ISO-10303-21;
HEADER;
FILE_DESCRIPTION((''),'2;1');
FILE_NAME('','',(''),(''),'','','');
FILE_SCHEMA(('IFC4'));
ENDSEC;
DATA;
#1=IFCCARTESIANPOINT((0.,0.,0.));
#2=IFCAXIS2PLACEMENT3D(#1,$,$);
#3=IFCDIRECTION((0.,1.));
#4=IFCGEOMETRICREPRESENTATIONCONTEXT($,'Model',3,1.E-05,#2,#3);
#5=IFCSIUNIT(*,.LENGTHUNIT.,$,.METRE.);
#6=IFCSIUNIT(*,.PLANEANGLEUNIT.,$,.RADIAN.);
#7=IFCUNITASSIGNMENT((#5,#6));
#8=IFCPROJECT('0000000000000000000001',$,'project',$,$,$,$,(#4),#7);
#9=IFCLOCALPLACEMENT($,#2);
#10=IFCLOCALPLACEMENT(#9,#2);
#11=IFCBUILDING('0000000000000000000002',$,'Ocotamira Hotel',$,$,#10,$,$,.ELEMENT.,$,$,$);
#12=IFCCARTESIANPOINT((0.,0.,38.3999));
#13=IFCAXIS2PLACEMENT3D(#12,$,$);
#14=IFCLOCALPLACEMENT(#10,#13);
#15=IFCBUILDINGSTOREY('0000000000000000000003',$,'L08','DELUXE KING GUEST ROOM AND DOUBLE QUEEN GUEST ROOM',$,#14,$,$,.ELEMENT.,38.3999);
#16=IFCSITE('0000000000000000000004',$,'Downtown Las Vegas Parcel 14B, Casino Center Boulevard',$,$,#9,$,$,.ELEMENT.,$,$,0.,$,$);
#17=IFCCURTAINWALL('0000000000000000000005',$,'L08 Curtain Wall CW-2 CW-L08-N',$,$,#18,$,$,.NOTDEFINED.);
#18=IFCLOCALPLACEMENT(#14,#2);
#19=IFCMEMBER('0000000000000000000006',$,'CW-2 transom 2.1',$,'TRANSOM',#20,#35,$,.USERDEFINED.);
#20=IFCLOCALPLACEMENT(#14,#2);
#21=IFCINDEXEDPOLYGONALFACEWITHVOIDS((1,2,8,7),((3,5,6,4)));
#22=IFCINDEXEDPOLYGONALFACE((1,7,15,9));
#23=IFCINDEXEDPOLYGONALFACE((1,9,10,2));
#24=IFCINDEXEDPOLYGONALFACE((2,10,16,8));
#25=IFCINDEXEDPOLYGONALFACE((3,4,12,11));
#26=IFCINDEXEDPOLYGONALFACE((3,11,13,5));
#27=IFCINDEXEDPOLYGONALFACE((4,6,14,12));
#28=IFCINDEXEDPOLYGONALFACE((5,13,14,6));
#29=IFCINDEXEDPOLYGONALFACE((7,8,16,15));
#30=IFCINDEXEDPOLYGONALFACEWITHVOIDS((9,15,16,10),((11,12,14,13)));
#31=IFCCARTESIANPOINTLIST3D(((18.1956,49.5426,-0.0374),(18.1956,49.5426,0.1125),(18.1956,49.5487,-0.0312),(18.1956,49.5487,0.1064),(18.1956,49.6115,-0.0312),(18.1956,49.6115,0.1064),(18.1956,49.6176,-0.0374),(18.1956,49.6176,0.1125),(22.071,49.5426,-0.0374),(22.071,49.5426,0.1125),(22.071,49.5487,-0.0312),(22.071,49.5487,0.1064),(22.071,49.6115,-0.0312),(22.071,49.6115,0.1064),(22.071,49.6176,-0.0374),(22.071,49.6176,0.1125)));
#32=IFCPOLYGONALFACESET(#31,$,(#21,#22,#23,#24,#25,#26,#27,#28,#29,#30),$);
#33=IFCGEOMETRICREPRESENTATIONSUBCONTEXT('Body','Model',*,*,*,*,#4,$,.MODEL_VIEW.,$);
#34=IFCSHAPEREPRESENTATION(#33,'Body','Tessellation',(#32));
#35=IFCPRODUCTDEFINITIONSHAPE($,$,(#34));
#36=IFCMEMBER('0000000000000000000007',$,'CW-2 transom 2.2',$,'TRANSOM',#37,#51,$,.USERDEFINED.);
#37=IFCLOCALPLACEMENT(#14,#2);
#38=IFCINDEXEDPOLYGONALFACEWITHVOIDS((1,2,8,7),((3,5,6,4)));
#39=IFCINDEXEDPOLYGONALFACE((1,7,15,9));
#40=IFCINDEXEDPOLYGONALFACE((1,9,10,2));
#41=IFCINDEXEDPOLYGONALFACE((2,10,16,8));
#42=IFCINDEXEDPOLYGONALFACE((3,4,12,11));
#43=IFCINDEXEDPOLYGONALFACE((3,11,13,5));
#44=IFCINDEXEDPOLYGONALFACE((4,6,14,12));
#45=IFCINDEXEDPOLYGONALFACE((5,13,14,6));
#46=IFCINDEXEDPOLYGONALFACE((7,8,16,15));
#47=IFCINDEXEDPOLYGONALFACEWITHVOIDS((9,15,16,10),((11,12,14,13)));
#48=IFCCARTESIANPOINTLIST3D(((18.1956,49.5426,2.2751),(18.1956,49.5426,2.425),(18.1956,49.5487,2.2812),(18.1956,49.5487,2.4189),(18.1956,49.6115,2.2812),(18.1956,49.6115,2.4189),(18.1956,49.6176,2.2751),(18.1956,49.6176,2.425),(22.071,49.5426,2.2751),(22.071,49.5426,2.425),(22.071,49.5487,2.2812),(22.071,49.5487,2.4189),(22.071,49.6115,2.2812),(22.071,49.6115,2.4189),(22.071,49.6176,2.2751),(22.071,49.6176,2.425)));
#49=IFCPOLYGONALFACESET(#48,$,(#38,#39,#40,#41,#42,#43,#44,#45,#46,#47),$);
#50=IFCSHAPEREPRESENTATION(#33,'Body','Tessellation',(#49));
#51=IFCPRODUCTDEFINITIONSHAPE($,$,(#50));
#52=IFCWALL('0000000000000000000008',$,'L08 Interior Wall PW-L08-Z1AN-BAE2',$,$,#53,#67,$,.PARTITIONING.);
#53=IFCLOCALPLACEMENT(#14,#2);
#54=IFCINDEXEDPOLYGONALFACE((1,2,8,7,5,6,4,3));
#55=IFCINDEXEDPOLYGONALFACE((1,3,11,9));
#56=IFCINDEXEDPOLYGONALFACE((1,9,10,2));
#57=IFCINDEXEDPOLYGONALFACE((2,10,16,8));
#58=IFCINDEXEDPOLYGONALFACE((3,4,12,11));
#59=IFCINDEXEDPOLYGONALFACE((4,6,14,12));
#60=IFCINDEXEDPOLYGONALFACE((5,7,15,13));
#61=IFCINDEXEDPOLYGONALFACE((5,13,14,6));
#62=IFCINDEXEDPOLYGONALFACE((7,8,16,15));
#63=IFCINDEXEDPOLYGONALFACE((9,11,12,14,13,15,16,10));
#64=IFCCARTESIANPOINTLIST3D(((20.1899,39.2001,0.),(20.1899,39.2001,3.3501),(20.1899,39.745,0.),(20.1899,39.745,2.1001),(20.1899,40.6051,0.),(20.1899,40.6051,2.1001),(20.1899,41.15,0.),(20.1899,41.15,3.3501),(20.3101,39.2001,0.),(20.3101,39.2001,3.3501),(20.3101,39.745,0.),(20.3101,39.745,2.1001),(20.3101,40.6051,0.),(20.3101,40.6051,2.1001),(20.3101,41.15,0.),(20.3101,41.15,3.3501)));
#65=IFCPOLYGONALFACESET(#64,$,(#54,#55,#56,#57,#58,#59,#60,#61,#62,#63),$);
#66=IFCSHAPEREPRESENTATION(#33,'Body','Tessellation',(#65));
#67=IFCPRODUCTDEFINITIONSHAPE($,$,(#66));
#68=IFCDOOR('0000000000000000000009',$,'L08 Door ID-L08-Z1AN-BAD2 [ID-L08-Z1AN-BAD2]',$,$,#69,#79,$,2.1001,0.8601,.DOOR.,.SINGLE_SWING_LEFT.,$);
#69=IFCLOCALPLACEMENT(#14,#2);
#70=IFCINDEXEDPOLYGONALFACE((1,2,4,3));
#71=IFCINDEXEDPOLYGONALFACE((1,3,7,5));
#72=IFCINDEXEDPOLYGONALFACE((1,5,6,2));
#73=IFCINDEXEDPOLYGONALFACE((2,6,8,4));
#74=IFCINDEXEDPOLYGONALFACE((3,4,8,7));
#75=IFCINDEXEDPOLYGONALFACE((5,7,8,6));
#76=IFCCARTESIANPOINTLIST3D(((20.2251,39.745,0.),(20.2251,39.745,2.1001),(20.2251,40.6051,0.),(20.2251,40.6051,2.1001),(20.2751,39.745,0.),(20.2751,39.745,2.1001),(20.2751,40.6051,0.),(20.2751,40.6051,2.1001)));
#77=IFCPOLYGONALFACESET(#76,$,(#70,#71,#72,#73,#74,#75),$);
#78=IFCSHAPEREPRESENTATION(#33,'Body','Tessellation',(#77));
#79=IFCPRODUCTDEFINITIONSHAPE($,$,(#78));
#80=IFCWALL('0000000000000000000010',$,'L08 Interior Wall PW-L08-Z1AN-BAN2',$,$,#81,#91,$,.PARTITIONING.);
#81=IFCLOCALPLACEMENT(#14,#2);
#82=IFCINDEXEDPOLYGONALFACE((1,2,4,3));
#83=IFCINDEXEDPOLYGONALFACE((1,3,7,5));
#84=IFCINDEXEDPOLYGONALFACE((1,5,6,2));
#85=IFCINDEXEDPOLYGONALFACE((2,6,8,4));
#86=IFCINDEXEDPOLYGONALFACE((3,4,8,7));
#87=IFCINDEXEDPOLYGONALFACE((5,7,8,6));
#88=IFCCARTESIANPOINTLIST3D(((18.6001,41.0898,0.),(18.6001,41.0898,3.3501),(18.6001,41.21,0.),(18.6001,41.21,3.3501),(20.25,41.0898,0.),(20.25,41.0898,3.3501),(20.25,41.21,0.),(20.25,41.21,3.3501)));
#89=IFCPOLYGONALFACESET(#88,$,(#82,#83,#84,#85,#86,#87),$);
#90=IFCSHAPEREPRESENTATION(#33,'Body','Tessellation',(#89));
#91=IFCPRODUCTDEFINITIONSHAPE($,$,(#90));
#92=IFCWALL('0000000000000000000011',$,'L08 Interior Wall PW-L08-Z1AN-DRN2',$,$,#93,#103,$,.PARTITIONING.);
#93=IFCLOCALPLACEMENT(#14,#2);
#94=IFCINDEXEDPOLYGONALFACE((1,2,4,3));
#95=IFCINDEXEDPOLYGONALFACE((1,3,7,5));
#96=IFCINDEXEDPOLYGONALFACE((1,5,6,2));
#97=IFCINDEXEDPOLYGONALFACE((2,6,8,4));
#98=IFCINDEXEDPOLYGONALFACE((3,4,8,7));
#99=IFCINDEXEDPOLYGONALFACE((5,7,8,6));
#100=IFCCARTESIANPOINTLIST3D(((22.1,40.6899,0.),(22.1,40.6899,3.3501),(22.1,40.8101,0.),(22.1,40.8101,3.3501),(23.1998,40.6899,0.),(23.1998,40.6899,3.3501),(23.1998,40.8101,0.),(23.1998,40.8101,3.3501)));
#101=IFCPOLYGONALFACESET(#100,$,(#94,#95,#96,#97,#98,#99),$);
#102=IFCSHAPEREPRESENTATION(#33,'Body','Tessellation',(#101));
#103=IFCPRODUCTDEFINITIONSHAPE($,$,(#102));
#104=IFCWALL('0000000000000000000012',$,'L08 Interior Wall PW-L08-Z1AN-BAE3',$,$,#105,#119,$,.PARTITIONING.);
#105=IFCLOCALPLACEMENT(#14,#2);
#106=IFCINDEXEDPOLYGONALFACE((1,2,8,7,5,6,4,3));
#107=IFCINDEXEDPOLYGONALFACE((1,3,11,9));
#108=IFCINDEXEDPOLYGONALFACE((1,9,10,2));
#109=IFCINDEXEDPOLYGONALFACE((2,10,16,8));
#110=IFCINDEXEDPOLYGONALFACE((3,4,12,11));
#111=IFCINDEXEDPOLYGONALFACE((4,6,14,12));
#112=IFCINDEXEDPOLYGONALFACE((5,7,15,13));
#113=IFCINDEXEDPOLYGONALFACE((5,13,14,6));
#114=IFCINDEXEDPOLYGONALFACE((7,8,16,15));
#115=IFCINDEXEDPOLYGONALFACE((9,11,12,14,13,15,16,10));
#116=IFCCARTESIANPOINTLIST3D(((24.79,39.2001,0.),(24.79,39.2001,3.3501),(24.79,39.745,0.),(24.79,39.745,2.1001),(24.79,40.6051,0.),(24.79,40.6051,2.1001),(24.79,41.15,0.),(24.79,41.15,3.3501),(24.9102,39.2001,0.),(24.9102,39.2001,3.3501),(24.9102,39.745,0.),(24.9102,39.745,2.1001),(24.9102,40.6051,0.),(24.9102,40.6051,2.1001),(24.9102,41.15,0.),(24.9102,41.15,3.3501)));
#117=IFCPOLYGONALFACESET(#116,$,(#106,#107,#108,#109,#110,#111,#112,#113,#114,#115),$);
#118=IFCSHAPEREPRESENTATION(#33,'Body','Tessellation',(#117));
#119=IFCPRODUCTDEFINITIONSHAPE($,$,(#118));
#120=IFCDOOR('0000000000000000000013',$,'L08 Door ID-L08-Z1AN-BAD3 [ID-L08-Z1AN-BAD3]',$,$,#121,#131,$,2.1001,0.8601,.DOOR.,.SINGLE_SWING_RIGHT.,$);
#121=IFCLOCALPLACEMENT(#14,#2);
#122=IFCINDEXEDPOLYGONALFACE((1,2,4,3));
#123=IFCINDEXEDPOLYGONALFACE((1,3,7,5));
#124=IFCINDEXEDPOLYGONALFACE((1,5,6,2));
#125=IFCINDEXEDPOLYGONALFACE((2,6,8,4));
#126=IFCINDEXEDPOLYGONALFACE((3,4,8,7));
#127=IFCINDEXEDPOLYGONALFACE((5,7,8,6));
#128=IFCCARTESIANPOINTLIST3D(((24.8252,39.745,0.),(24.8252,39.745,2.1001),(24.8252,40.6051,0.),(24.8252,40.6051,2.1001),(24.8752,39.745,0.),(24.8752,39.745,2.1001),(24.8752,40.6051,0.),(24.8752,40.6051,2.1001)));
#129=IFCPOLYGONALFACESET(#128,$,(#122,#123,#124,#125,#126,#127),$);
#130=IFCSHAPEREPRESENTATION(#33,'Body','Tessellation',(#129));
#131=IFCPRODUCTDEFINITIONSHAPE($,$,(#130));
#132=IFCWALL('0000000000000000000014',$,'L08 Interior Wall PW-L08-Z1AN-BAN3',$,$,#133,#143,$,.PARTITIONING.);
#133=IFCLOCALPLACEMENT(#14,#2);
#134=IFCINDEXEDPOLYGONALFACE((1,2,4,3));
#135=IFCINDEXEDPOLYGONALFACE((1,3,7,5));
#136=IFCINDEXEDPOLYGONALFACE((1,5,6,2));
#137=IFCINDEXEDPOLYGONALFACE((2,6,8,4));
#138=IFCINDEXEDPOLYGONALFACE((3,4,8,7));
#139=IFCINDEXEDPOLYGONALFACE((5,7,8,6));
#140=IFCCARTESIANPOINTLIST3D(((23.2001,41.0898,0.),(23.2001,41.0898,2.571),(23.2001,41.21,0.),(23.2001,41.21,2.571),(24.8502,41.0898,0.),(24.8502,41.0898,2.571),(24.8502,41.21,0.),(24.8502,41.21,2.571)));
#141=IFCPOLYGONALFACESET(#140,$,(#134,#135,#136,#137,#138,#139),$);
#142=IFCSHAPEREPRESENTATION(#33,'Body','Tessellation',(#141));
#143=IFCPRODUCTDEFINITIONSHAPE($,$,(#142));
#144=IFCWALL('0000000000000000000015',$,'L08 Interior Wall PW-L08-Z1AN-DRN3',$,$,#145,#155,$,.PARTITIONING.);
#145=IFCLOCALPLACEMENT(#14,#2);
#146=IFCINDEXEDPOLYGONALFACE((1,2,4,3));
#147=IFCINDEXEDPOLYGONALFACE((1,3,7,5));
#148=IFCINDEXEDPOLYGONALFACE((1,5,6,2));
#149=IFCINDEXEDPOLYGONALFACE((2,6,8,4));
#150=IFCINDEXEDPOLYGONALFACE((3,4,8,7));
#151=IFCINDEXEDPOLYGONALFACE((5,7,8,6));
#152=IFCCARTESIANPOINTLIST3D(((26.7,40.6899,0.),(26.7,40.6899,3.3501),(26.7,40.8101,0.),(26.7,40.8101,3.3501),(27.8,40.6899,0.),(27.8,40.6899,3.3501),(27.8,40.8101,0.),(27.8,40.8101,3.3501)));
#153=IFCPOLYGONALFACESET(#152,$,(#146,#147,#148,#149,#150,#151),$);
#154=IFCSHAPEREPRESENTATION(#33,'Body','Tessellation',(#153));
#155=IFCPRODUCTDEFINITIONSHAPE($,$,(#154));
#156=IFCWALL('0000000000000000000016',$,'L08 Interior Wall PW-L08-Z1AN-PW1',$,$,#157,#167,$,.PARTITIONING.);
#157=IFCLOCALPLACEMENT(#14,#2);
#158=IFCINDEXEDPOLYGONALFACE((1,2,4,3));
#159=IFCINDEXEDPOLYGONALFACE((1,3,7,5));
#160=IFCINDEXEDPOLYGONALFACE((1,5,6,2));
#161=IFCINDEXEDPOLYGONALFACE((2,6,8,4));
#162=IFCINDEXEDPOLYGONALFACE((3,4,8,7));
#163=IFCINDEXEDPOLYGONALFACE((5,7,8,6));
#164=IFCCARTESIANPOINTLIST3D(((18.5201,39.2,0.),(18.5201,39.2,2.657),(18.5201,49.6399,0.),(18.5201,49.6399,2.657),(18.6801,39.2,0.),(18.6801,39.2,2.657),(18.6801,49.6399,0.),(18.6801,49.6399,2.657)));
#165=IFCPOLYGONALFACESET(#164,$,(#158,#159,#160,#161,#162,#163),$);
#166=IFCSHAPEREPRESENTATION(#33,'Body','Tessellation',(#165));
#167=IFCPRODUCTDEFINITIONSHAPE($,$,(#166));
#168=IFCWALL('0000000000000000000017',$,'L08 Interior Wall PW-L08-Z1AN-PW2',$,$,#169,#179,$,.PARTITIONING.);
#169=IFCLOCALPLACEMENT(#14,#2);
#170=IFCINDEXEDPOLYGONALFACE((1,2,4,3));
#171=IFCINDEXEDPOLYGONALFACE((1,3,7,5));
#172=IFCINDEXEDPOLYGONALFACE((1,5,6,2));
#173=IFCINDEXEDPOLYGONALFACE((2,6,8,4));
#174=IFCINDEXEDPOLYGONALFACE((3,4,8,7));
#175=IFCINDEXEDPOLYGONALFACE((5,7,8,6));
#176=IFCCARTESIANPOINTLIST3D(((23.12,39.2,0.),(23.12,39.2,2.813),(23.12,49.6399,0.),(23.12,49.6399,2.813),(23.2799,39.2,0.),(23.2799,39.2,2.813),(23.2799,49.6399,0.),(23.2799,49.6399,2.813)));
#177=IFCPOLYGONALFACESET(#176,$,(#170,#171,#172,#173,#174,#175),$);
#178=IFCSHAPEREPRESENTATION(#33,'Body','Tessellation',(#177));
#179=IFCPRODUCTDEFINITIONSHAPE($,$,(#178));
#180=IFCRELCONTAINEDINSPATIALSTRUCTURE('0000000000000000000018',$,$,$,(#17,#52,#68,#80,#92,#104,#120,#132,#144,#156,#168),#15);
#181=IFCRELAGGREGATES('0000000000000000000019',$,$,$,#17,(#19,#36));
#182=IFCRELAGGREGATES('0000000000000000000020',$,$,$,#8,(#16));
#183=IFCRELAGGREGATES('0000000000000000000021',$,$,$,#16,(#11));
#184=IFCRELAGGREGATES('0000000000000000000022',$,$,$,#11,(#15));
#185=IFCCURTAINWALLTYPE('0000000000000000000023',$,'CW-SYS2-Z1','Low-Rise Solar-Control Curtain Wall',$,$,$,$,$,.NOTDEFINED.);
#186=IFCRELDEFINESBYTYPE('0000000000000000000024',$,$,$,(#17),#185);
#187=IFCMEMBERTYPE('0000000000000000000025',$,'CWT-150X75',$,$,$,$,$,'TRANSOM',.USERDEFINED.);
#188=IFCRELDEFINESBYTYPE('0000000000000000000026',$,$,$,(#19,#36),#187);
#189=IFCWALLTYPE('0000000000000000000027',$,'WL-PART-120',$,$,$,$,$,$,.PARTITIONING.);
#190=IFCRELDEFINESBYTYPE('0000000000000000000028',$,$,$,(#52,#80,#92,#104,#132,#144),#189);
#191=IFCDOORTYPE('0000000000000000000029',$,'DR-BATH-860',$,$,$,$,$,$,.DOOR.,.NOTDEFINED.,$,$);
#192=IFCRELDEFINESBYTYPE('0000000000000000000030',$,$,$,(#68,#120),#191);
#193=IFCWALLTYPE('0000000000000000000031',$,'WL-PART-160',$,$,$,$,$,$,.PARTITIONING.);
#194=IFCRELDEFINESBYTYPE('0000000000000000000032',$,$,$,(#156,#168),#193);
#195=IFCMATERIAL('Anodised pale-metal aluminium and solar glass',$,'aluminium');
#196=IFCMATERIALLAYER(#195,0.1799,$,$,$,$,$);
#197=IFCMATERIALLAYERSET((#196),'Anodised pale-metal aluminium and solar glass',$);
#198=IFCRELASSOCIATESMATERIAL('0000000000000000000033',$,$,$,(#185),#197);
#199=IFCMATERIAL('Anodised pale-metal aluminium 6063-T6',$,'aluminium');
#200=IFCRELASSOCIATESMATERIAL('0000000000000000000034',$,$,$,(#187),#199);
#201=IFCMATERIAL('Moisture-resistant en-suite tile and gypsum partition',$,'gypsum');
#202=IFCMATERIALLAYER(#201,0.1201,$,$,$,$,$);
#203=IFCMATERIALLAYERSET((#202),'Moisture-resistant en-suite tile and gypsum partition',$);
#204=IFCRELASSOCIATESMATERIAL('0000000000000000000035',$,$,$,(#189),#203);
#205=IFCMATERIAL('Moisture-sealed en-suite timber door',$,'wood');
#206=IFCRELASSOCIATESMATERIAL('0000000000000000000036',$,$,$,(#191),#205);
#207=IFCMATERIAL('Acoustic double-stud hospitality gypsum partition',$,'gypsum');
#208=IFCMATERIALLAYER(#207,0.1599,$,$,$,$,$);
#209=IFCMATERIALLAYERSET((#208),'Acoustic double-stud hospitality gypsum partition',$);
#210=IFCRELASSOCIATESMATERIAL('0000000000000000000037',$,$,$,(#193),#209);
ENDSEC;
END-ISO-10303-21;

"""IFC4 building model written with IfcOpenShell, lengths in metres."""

from ifc_helpers import new_model, si_unit, direction, frame, frame_2d, origin, origin_2d, place, context, subcontext, project, spatial, rectangle, hollow_rectangle, extrude, source, transform, mapped, material, layer, layer_set, material_profile, profile_set, type_object, element, fill, aggregate, save


model = new_model("IFC4")

# Units and contexts
model_context = context("Model", 3, precision=1e-05, world=origin(), true_north=direction((0.0, 1.0)))
body_context = subcontext(model_context, "Body", "Model", "MODEL_VIEW")
ifc_project = project(units=[si_unit("LENGTHUNIT", "METRE"), si_unit("PLANEANGLEUNIT", "RADIAN")], contexts=[model_context])

# Site, building, storey
site_placement = place(None, origin())
site = spatial("IfcSite", under=ifc_project, at=site_placement, Name="Downtown Las Vegas Parcel 14B, Casino Center Boulevard", CompositionType="ELEMENT", RefElevation=0.0)
building_placement = place(site_placement, origin())
building = spatial("IfcBuilding", under=site, at=building_placement, Name="Ocotamira Hotel", CompositionType="ELEMENT")
storey_placement = place(building_placement, frame((0.0, 0.0, 38.3999)))
storey = spatial("IfcBuildingStorey", under=building, at=storey_placement, Name="L08", Description="DELUXE KING GUEST ROOM AND DOUBLE QUEEN GUEST ROOM", CompositionType="ELEMENT", Elevation=38.3999)

# Curtain wall, members
ifc_material_1 = material(Name="Anodised pale-metal aluminium and solar glass", Category="aluminium")
ifc_layer_1 = layer(ifc_material_1, 0.1799)
ifc_layer_set_1 = layer_set([ifc_layer_1], Name="Anodised pale-metal aluminium and solar glass")
curtain_wall_type = type_object("IfcCurtainWallType", Name="CW-SYS2-Z1", Description="Low-Rise Solar-Control Curtain Wall", PredefinedType="NOTDEFINED", material=ifc_layer_set_1)
curtain_wall_placement = place(storey_placement, origin())
curtain_wall = element("IfcCurtainWall", 1, at=curtain_wall_placement, inside=storey, type_object=curtain_wall_type, Name="L08 Curtain Wall CW-2 CW-L08-N", PredefinedType="NOTDEFINED")
ifc_material_2 = material(Name="Anodised pale-metal aluminium 6063-T6", Category="aluminium")
ifc_material_profile_1 = material_profile(ifc_material_2, hollow_rectangle(XDim=0.075, YDim=0.1499, WallThickness=0.0061, at=origin_2d()), Name="HSS150X75X6")
ifc_profile_set_1 = profile_set([ifc_material_profile_1], Name="Anodised pale-metal aluminium 6063-T6")
member_type = type_object("IfcMemberType", Name="CWT-150X75", ElementType="TRANSOM", PredefinedType="USERDEFINED", material=ifc_profile_set_1)
shared_shape_1 = source(origin(), body_context, "Body", "SweptSolid", [
    extrude(hollow_rectangle(XDim=0.075, YDim=0.1499, WallThickness=0.0061, at=origin_2d()), origin(), (0.0, 0.0, 1.0), 3.8755),
])
member_1_placement = place(storey_placement, frame((18.1956, 49.5801, 0.0376), z_axis=(1.0, 0.0, 0.0), x_axis=(0.0, 1.0, 0.0)))
member_1 = element("IfcMember", 2, at=member_1_placement, type_object=member_type, Name="CW-2 transom 2.1", ObjectType="TRANSOM", PredefinedType="USERDEFINED", context=body_context, shape_type="MappedRepresentation", body=[
    mapped(shared_shape_1, transform((0.0, 0.0, 0.0), scale=1.0)),
])
member_2_placement = place(storey_placement, frame((18.1956, 49.5801, 2.3501), z_axis=(1.0, 0.0, 0.0), x_axis=(0.0, 1.0, 0.0)))
member_2 = element("IfcMember", 3, at=member_2_placement, type_object=member_type, Name="CW-2 transom 2.2", ObjectType="TRANSOM", PredefinedType="USERDEFINED", context=body_context, shape_type="MappedRepresentation", body=[
    mapped(shared_shape_1, transform((0.0, 0.0, 0.0), scale=1.0)),
])
aggregate(curtain_wall, [member_1, member_2])

# Wall, opening, door
ifc_material_3 = material(Name="Moisture-resistant en-suite tile and gypsum partition", Category="gypsum")
ifc_layer_2 = layer(ifc_material_3, 0.1201)
ifc_layer_set_2 = layer_set([ifc_layer_2], Name="Moisture-resistant en-suite tile and gypsum partition")
wall_type_1 = type_object("IfcWallType", Name="WL-PART-120", PredefinedType="PARTITIONING", material=ifc_layer_set_2)
wall_1_placement = place(storey_placement, frame((20.25, 39.2, 0.0), z_axis=(0.0, 0.0, 1.0), x_axis=(0.0, 1.0, 0.0)))
wall_1 = element("IfcWall", 4, at=wall_1_placement, inside=storey, type_object=wall_type_1, Name="L08 Interior Wall PW-L08-Z1AN-BAE2", PredefinedType="PARTITIONING", context=body_context, shape_type="SweptSolid", body=[
    extrude(rectangle(XDim=1.95, YDim=0.1201, at=frame_2d((0.9751, 0.0))), origin(), (0.0, 0.0, 1.0), 3.3501),
])
opening_1_placement = place(wall_1_placement, frame((0.5449, 0.0, 0.0)))
opening_1 = element("IfcOpeningElement", 5, at=opening_1_placement, cuts=wall_1, PredefinedType="OPENING", context=body_context, shape_type="SweptSolid", body=[
    extrude(rectangle(XDim=0.8601, YDim=2.1001, at=frame_2d((0.4302, 1.05))), frame((0.0, 0.0701, 0.0), z_axis=(0.0, -1.0, 0.0), x_axis=(1.0, 0.0, 0.0)), (0.0, 0.0, 1.0), 0.1401),
])
ifc_material_4 = material(Name="Moisture-sealed en-suite timber door", Category="wood")
door_type = type_object("IfcDoorType", Name="DR-BATH-860", OperationType="NOTDEFINED", PredefinedType="DOOR", material=ifc_material_4)
shared_shape_2 = source(origin(), body_context, "Body", "SweptSolid", [
    extrude(rectangle(XDim=0.8601, YDim=2.1001, at=frame_2d((0.4302, 1.05))), frame((0.0, 0.0249, 0.0), z_axis=(0.0, -1.0, 0.0), x_axis=(1.0, 0.0, 0.0)), (0.0, 0.0, 1.0), 0.05),
])
door_1_placement = place(opening_1_placement, origin())
door_1 = element("IfcDoor", 6, at=door_1_placement, inside=storey, type_object=door_type, Name="L08 Door ID-L08-Z1AN-BAD2 [ID-L08-Z1AN-BAD2]", OperationType="SINGLE_SWING_LEFT", OverallHeight=2.1001, OverallWidth=0.8601, PredefinedType="DOOR", context=body_context, shape_type="MappedRepresentation", body=[
    mapped(shared_shape_2, transform((0.0, 0.0, 0.0), scale=1.0)),
])
fill(opening_1, door_1)

# Walls
wall_2_placement = place(storey_placement, frame((18.6001, 41.1499, 0.0), z_axis=(0.0, 0.0, 1.0), x_axis=(1.0, 0.0, 0.0)))
element("IfcWall", 7, at=wall_2_placement, inside=storey, type_object=wall_type_1, Name="L08 Interior Wall PW-L08-Z1AN-BAN2", PredefinedType="PARTITIONING", context=body_context, shape_type="SweptSolid", body=[
    extrude(rectangle(XDim=1.6499, YDim=0.1201, at=frame_2d((0.825, 0.0))), origin(), (0.0, 0.0, 1.0), 3.3501),
])
wall_3_placement = place(storey_placement, frame((22.1001, 40.75, 0.0), z_axis=(0.0, 0.0, 1.0), x_axis=(1.0, 0.0, 0.0)))
element("IfcWall", 8, at=wall_3_placement, inside=storey, type_object=wall_type_1, Name="L08 Interior Wall PW-L08-Z1AN-DRN2", PredefinedType="PARTITIONING", context=body_context, shape_type="SweptSolid", body=[
    extrude(rectangle(XDim=1.0999, YDim=0.1201, at=frame_2d((0.5498, 0.0))), origin(), (0.0, 0.0, 1.0), 3.3501),
])

# Wall, opening, door
wall_4_placement = place(storey_placement, frame((24.8501, 39.2, 0.0), z_axis=(0.0, 0.0, 1.0), x_axis=(0.0, 1.0, 0.0)))
wall_4 = element("IfcWall", 9, at=wall_4_placement, inside=storey, type_object=wall_type_1, Name="L08 Interior Wall PW-L08-Z1AN-BAE3", PredefinedType="PARTITIONING", context=body_context, shape_type="SweptSolid", body=[
    extrude(rectangle(XDim=1.95, YDim=0.1201, at=frame_2d((0.9751, 0.0))), origin(), (0.0, 0.0, 1.0), 3.3501),
])
opening_2_placement = place(wall_4_placement, frame((0.5449, 0.0, 0.0)))
opening_2 = element("IfcOpeningElement", 10, at=opening_2_placement, cuts=wall_4, PredefinedType="OPENING", context=body_context, shape_type="SweptSolid", body=[
    extrude(rectangle(XDim=0.8601, YDim=2.1001, at=frame_2d((0.4302, 1.05))), frame((0.0, 0.0701, 0.0), z_axis=(0.0, -1.0, 0.0), x_axis=(1.0, 0.0, 0.0)), (0.0, 0.0, 1.0), 0.1401),
])
door_2_placement = place(opening_2_placement, origin())
door_2 = element("IfcDoor", 11, at=door_2_placement, inside=storey, type_object=door_type, Name="L08 Door ID-L08-Z1AN-BAD3 [ID-L08-Z1AN-BAD3]", OperationType="SINGLE_SWING_RIGHT", OverallHeight=2.1001, OverallWidth=0.8601, PredefinedType="DOOR", context=body_context, shape_type="MappedRepresentation", body=[
    mapped(shared_shape_2, transform((0.0, 0.0, 0.0), scale=1.0)),
])
fill(opening_2, door_2)

# Walls
wall_5_placement = place(storey_placement, frame((23.2, 41.1499, 0.0), z_axis=(0.0, 0.0, 1.0), x_axis=(1.0, 0.0, 0.0)))
element("IfcWall", 12, at=wall_5_placement, inside=storey, type_object=wall_type_1, Name="L08 Interior Wall PW-L08-Z1AN-BAN3", PredefinedType="PARTITIONING", context=body_context, shape_type="SweptSolid", body=[
    extrude(rectangle(XDim=1.6501, YDim=0.1201, at=frame_2d((0.8252, 0.0))), origin(), (0.0, 0.0, 1.0), 2.571),
])
wall_6_placement = place(storey_placement, frame((26.7, 40.75, 0.0), z_axis=(0.0, 0.0, 1.0), x_axis=(1.0, 0.0, 0.0)))
element("IfcWall", 13, at=wall_6_placement, inside=storey, type_object=wall_type_1, Name="L08 Interior Wall PW-L08-Z1AN-DRN3", PredefinedType="PARTITIONING", context=body_context, shape_type="SweptSolid", body=[
    extrude(rectangle(XDim=1.1001, YDim=0.1201, at=frame_2d((0.55, 0.0))), origin(), (0.0, 0.0, 1.0), 3.3501),
])
ifc_material_5 = material(Name="Acoustic double-stud hospitality gypsum partition", Category="gypsum")
ifc_layer_3 = layer(ifc_material_5, 0.1599)
ifc_layer_set_3 = layer_set([ifc_layer_3], Name="Acoustic double-stud hospitality gypsum partition")
wall_type_2 = type_object("IfcWallType", Name="WL-PART-160", PredefinedType="PARTITIONING", material=ifc_layer_set_3)
wall_7_placement = place(storey_placement, frame((18.6001, 39.2, 0.0), z_axis=(0.0, 0.0, 1.0), x_axis=(0.0, 1.0, 0.0)))
element("IfcWall", 14, at=wall_7_placement, inside=storey, type_object=wall_type_2, Name="L08 Interior Wall PW-L08-Z1AN-PW1", PredefinedType="PARTITIONING", context=body_context, shape_type="SweptSolid", body=[
    extrude(rectangle(XDim=10.4399, YDim=0.1599, at=frame_2d((5.22, 0.0))), origin(), (0.0, 0.0, 1.0), 2.657),
])
wall_8_placement = place(storey_placement, frame((23.2, 39.2, 0.0), z_axis=(0.0, 0.0, 1.0), x_axis=(0.0, 1.0, 0.0)))
element("IfcWall", 15, at=wall_8_placement, inside=storey, type_object=wall_type_2, Name="L08 Interior Wall PW-L08-Z1AN-PW2", PredefinedType="PARTITIONING", context=body_context, shape_type="SweptSolid", body=[
    extrude(rectangle(XDim=10.4399, YDim=0.1599, at=frame_2d((5.22, 0.0))), origin(), (0.0, 0.0, 1.0), 2.813),
])

save(model, "model.ifc")
